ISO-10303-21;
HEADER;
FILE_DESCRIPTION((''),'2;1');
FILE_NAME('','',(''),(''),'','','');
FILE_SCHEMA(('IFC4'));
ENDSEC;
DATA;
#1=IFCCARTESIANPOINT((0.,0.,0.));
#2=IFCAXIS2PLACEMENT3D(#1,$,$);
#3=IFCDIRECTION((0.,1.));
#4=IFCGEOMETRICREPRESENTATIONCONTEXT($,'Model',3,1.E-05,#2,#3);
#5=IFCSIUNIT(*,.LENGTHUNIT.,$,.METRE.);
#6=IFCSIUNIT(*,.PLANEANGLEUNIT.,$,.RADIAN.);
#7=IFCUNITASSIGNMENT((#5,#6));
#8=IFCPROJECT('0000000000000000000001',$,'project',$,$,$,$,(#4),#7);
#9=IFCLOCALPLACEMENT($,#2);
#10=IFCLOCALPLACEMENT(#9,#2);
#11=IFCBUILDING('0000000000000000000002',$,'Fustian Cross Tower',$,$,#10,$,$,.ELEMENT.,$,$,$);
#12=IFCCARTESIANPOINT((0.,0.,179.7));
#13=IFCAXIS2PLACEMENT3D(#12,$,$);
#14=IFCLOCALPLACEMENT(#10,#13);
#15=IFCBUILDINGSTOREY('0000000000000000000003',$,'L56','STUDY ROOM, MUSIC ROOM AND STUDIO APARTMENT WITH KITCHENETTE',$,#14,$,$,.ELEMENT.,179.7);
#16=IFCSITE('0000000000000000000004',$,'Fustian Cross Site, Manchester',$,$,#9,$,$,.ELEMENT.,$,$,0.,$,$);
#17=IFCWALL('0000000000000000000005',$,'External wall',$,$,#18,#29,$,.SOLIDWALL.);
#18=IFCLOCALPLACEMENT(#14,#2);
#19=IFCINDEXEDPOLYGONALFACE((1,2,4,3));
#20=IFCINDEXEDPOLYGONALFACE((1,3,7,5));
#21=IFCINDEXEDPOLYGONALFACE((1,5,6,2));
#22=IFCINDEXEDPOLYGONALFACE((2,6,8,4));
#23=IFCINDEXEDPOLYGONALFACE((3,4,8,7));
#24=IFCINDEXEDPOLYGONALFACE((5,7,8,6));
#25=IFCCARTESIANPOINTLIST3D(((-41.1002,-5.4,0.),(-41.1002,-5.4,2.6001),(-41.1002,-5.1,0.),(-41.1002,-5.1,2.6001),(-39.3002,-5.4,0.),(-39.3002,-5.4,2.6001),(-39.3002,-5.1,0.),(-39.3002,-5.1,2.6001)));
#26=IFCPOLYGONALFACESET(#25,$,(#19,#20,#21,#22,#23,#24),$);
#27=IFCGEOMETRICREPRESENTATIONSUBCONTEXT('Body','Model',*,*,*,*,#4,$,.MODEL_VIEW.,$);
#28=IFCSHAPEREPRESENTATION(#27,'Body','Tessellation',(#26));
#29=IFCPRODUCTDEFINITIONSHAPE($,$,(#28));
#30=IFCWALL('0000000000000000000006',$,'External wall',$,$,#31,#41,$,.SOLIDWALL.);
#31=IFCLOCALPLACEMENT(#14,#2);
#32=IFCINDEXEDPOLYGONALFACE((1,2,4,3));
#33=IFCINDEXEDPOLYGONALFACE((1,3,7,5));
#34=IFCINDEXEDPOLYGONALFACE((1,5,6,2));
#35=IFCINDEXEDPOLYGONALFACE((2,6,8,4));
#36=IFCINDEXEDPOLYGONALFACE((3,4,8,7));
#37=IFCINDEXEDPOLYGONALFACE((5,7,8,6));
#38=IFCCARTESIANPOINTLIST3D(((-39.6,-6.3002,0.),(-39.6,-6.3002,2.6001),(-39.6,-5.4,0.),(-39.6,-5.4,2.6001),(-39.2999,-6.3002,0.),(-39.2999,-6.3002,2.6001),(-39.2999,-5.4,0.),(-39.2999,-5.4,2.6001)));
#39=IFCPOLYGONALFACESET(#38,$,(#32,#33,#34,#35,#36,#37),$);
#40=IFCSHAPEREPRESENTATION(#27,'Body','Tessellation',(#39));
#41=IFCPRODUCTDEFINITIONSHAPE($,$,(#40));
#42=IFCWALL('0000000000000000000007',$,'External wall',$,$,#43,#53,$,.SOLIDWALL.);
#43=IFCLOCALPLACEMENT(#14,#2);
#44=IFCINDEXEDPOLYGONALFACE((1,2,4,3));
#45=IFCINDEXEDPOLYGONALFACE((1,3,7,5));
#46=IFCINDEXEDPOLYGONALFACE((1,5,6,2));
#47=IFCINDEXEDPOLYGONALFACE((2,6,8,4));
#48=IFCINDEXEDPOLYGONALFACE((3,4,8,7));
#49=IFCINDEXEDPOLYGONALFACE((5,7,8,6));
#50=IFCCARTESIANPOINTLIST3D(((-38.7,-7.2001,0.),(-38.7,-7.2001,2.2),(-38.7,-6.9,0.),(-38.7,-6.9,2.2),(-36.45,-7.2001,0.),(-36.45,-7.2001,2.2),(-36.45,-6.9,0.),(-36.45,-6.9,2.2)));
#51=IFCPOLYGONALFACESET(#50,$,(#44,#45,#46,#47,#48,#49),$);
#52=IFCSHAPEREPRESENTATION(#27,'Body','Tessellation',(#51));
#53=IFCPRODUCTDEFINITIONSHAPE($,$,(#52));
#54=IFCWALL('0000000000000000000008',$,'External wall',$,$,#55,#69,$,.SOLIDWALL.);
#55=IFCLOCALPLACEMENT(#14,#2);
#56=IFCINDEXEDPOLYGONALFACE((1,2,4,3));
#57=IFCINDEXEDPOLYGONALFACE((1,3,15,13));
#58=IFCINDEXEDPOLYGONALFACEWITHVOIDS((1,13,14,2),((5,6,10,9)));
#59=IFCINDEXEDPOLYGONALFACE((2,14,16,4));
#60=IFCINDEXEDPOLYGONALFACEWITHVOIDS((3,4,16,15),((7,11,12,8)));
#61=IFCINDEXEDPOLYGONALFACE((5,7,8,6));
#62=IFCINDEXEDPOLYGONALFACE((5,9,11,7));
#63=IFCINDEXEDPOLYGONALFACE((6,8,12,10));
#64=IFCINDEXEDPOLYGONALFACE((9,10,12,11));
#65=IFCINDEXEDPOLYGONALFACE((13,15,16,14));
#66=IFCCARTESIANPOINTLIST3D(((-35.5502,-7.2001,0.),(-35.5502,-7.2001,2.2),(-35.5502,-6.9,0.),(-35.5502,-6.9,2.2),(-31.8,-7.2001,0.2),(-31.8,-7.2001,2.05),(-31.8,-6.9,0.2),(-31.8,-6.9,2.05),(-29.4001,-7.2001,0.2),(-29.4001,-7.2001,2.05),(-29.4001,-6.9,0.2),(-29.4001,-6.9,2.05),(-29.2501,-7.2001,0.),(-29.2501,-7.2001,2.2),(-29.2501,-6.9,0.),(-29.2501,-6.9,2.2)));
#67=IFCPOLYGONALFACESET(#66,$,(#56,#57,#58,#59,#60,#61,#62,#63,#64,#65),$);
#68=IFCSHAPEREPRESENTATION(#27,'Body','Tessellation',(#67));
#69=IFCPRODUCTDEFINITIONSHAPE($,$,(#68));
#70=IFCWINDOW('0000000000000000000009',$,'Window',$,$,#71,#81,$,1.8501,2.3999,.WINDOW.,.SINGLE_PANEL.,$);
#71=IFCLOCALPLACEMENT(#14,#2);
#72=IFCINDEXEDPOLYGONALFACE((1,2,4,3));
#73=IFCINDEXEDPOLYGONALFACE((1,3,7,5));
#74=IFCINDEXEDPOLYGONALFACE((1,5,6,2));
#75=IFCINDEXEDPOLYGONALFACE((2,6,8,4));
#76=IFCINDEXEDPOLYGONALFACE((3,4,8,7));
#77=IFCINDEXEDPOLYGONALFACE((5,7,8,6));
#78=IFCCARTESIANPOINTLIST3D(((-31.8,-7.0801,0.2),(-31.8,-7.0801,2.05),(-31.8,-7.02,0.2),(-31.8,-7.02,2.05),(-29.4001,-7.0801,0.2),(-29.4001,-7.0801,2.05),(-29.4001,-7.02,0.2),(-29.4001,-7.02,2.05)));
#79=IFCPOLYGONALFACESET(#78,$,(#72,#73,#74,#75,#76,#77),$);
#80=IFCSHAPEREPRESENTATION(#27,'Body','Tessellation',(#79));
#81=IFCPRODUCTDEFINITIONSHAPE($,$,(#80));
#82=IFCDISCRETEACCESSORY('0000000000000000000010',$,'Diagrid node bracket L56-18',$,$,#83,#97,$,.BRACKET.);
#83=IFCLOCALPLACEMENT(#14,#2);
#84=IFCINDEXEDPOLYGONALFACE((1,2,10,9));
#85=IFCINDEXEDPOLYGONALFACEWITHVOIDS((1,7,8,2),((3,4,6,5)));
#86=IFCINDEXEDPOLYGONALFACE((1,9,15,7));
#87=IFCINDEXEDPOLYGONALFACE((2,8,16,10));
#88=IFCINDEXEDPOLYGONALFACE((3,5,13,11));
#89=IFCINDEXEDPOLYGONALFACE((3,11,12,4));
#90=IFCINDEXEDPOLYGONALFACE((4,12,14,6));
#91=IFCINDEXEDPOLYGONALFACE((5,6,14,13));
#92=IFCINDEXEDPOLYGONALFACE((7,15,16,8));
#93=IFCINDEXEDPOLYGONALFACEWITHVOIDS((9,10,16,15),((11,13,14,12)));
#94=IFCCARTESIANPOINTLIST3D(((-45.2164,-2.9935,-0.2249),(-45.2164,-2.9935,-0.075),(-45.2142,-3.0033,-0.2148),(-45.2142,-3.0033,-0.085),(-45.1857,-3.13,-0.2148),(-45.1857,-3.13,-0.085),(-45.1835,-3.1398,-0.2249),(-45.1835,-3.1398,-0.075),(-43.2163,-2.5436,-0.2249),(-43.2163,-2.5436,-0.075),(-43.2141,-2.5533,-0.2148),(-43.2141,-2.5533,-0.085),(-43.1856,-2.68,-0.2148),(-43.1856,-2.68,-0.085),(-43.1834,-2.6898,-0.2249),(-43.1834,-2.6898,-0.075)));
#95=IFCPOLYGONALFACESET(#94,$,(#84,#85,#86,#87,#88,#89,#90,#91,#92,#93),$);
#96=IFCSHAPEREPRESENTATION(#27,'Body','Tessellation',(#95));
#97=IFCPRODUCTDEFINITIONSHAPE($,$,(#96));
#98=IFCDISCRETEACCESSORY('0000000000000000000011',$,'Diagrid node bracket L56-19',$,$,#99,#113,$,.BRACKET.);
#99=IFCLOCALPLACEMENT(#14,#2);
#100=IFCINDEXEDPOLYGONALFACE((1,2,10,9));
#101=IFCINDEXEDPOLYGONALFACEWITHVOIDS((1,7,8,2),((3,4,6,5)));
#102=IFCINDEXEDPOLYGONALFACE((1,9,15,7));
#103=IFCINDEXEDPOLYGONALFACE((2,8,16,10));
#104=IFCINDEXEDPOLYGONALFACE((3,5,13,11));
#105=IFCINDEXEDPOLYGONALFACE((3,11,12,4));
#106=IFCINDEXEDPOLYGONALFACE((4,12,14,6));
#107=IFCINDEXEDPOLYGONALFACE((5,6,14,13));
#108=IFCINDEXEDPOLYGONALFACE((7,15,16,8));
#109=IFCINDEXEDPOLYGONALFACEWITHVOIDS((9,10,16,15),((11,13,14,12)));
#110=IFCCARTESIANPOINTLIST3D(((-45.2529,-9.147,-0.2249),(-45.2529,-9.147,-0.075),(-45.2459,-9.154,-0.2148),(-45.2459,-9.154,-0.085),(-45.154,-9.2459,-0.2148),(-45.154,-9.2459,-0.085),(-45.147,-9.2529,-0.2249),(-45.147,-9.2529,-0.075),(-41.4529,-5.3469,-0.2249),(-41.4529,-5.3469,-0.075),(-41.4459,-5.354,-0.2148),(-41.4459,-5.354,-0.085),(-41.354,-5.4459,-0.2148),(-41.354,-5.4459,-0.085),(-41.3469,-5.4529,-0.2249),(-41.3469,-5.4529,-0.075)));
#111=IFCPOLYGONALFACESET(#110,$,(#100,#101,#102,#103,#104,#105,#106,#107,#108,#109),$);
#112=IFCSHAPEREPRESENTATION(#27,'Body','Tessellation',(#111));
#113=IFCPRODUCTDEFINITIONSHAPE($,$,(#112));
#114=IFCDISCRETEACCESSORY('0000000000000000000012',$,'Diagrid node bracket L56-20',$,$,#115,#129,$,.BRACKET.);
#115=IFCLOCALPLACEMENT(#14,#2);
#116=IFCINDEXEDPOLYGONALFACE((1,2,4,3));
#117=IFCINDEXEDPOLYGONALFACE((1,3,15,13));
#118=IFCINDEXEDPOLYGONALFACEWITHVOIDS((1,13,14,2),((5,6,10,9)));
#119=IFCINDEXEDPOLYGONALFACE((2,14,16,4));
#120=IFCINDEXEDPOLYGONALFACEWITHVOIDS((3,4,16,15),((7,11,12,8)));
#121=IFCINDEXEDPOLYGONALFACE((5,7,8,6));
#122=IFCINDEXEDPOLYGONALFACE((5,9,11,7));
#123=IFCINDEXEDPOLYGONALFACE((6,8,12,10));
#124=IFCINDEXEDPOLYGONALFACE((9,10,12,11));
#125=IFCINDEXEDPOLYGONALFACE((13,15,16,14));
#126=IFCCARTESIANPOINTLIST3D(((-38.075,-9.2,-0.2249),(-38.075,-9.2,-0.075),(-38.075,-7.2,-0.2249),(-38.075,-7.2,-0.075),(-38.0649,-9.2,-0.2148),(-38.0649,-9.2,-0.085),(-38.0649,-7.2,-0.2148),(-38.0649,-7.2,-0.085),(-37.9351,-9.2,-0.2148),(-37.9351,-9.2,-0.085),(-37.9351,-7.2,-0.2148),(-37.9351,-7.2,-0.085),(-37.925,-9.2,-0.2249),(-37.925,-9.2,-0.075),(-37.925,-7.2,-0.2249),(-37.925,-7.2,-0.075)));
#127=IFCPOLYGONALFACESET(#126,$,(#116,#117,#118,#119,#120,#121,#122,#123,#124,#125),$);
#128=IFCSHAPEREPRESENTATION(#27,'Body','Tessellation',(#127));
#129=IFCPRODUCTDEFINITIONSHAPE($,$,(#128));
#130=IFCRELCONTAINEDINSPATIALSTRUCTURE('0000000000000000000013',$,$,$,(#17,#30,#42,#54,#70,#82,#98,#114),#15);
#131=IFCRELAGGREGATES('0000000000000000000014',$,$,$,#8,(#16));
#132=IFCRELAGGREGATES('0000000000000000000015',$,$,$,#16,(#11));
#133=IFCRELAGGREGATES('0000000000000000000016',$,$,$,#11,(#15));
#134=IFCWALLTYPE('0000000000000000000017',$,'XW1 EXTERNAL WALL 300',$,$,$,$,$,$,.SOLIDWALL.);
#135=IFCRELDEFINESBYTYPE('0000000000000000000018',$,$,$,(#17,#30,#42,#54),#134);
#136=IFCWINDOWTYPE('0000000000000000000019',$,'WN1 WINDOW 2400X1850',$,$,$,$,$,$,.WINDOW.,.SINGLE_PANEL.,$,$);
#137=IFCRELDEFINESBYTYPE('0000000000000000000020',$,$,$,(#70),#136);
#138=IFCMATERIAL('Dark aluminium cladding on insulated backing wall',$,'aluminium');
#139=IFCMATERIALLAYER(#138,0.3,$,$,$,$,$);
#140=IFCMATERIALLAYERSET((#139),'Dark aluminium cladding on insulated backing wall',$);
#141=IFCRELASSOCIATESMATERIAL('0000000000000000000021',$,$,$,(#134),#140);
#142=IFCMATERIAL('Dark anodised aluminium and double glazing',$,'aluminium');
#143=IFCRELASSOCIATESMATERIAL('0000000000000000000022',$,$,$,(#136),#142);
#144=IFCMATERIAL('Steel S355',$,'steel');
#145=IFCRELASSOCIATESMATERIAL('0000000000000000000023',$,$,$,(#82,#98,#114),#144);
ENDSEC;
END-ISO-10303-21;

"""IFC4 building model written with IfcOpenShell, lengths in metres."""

from ifc_helpers import new_model, si_unit, direction, frame, frame_2d, origin, origin_2d, place, context, subcontext, project, spatial, rectangle, hollow_rectangle, extrude, material, layer, layer_set, type_object, element, fill, save


model = new_model("IFC4")

# Units and contexts
model_context = context("Model", 3, precision=1e-05, world=origin(), true_north=direction((0.0, 1.0)))
body_context = subcontext(model_context, "Body", "Model", "MODEL_VIEW")
ifc_project = project(units=[si_unit("LENGTHUNIT", "METRE"), si_unit("PLANEANGLEUNIT", "RADIAN")], contexts=[model_context])

# Site, building, storey
site_placement = place(None, origin())
site = spatial("IfcSite", under=ifc_project, at=site_placement, Name="Fustian Cross Site, Manchester", CompositionType="ELEMENT", RefElevation=0.0)
building_placement = place(site_placement, origin())
building = spatial("IfcBuilding", under=site, at=building_placement, Name="Fustian Cross Tower", CompositionType="ELEMENT")
storey_placement = place(building_placement, frame((0.0, 0.0, 179.7)))
storey = spatial("IfcBuildingStorey", under=building, at=storey_placement, Name="L56", Description="STUDY ROOM, MUSIC ROOM AND STUDIO APARTMENT WITH KITCHENETTE", CompositionType="ELEMENT", Elevation=179.7)

# Walls
ifc_material_1 = material(Name="Dark aluminium cladding on insulated backing wall", Category="aluminium")
ifc_layer_1 = layer(ifc_material_1, 0.3)
ifc_layer_set_1 = layer_set([ifc_layer_1], Name="Dark aluminium cladding on insulated backing wall")
wall_type_1 = type_object("IfcWallType", Name="XW1 EXTERNAL WALL 300", PredefinedType="SOLIDWALL", material=ifc_layer_set_1)
wall_1_placement = place(storey_placement, frame((-41.1001, -5.25, 0.0), z_axis=(0.0, 0.0, 1.0), x_axis=(1.0, 0.0, 0.0)))
element("IfcWall", 1, at=wall_1_placement, inside=storey, type_object=wall_type_1, Name="External wall", PredefinedType="SOLIDWALL", context=body_context, shape_type="SweptSolid", body=[
    extrude(rectangle(XDim=1.8, YDim=0.3, at=frame_2d((0.8999, 0.0))), origin(), (0.0, 0.0, 1.0), 2.6001),
])
wall_2_placement = place(storey_placement, frame((-39.45, -5.3999, 0.0), z_axis=(0.0, 0.0, 1.0), x_axis=(0.0, -1.0, 0.0)))
element("IfcWall", 2, at=wall_2_placement, inside=storey, type_object=wall_type_1, Name="External wall", PredefinedType="SOLIDWALL", context=body_context, shape_type="SweptSolid", body=[
    extrude(rectangle(XDim=0.9001, YDim=0.3, at=frame_2d((0.4502, 0.0))), origin(), (0.0, 0.0, 1.0), 2.6001),
])
wall_3_placement = place(storey_placement, frame((-38.7, -7.05, 0.0), z_axis=(0.0, 0.0, 1.0), x_axis=(1.0, 0.0, 0.0)))
element("IfcWall", 3, at=wall_3_placement, inside=storey, type_object=wall_type_1, Name="External wall", PredefinedType="SOLIDWALL", context=body_context, shape_type="SweptSolid", body=[
    extrude(rectangle(XDim=2.25, YDim=0.3, at=frame_2d((1.125, 0.0))), origin(), (0.0, 0.0, 1.0), 2.2),
])

# Wall, opening, window
wall_4_placement = place(storey_placement, frame((-35.55, -7.05, 0.0), z_axis=(0.0, 0.0, 1.0), x_axis=(1.0, 0.0, 0.0)))
wall_4 = element("IfcWall", 4, at=wall_4_placement, inside=storey, type_object=wall_type_1, Name="External wall", PredefinedType="SOLIDWALL", context=body_context, shape_type="SweptSolid", body=[
    extrude(rectangle(XDim=6.3, YDim=0.3, at=frame_2d((3.1499, 0.0))), origin(), (0.0, 0.0, 1.0), 2.2),
])
opening_1_placement = place(wall_4_placement, frame((3.75, 0.0, 0.2)))
opening_1 = element("IfcOpeningElement", 5, at=opening_1_placement, cuts=wall_4, PredefinedType="OPENING", context=body_context, shape_type="SweptSolid", body=[
    extrude(rectangle(XDim=2.3999, YDim=1.8501, at=frame_2d((1.2, 0.925))), frame((0.0, 0.1599, 0.0), z_axis=(0.0, -1.0, 0.0), x_axis=(1.0, 0.0, 0.0)), (0.0, 0.0, 1.0), 0.3201),
])
ifc_material_2 = material(Name="Dark anodised aluminium and double glazing", Category="aluminium")
window_type = type_object("IfcWindowType", Name="WN1 WINDOW 2400X1850", PartitioningType="SINGLE_PANEL", PredefinedType="WINDOW", material=ifc_material_2)
window_placement = place(opening_1_placement, origin())
window = element("IfcWindow", 6, at=window_placement, inside=storey, type_object=window_type, Name="Window", OverallHeight=1.8501, OverallWidth=2.3999, PartitioningType="SINGLE_PANEL", PredefinedType="WINDOW", context=body_context, shape_type="SweptSolid", body=[
    extrude(rectangle(XDim=2.3999, YDim=1.8501, at=frame_2d((1.2, 0.925))), frame((0.0, 0.03, 0.0), z_axis=(0.0, -1.0, 0.0), x_axis=(1.0, 0.0, 0.0)), (0.0, 0.0, 1.0), 0.0601),
])
fill(opening_1, window)

# Discrete accessories
ifc_material_3 = material(Name="Steel S355", Category="steel")
discrete_accessory_1_placement = place(storey_placement, frame((-45.2, -3.0667, -0.1499), z_axis=(0.975615, 0.21949, 0.0), x_axis=(-0.21949, 0.975615, 0.0)))
element("IfcDiscreteAccessory", 7, at=discrete_accessory_1_placement, inside=storey, material=ifc_material_3, Name="Diagrid node bracket L56-18", PredefinedType="BRACKET", context=body_context, shape_type="SweptSolid", body=[
    extrude(hollow_rectangle(XDim=0.1499, YDim=0.1499, WallThickness=0.01, at=origin_2d()), origin(), (0.0, 0.0, 1.0), 2.05),
])
discrete_accessory_2_placement = place(storey_placement, frame((-45.2, -9.2, -0.1499), z_axis=(0.707107, 0.707107, 0.0), x_axis=(-0.707107, 0.707107, 0.0)))
element("IfcDiscreteAccessory", 8, at=discrete_accessory_2_placement, inside=storey, material=ifc_material_3, Name="Diagrid node bracket L56-19", PredefinedType="BRACKET", context=body_context, shape_type="SweptSolid", body=[
    extrude(hollow_rectangle(XDim=0.1499, YDim=0.1499, WallThickness=0.01, at=origin_2d()), origin(), (0.0, 0.0, 1.0), 5.374),
])
discrete_accessory_3_placement = place(storey_placement, frame((-38.0, -9.2, -0.1499), z_axis=(0.0, 1.0, 0.0), x_axis=(-1.0, 0.0, 0.0)))
element("IfcDiscreteAccessory", 9, at=discrete_accessory_3_placement, inside=storey, material=ifc_material_3, Name="Diagrid node bracket L56-20", PredefinedType="BRACKET", context=body_context, shape_type="SweptSolid", body=[
    extrude(hollow_rectangle(XDim=0.1499, YDim=0.1499, WallThickness=0.01, at=origin_2d()), origin(), (0.0, 0.0, 1.0), 2.0),
])

save(model, "model.ifc")
